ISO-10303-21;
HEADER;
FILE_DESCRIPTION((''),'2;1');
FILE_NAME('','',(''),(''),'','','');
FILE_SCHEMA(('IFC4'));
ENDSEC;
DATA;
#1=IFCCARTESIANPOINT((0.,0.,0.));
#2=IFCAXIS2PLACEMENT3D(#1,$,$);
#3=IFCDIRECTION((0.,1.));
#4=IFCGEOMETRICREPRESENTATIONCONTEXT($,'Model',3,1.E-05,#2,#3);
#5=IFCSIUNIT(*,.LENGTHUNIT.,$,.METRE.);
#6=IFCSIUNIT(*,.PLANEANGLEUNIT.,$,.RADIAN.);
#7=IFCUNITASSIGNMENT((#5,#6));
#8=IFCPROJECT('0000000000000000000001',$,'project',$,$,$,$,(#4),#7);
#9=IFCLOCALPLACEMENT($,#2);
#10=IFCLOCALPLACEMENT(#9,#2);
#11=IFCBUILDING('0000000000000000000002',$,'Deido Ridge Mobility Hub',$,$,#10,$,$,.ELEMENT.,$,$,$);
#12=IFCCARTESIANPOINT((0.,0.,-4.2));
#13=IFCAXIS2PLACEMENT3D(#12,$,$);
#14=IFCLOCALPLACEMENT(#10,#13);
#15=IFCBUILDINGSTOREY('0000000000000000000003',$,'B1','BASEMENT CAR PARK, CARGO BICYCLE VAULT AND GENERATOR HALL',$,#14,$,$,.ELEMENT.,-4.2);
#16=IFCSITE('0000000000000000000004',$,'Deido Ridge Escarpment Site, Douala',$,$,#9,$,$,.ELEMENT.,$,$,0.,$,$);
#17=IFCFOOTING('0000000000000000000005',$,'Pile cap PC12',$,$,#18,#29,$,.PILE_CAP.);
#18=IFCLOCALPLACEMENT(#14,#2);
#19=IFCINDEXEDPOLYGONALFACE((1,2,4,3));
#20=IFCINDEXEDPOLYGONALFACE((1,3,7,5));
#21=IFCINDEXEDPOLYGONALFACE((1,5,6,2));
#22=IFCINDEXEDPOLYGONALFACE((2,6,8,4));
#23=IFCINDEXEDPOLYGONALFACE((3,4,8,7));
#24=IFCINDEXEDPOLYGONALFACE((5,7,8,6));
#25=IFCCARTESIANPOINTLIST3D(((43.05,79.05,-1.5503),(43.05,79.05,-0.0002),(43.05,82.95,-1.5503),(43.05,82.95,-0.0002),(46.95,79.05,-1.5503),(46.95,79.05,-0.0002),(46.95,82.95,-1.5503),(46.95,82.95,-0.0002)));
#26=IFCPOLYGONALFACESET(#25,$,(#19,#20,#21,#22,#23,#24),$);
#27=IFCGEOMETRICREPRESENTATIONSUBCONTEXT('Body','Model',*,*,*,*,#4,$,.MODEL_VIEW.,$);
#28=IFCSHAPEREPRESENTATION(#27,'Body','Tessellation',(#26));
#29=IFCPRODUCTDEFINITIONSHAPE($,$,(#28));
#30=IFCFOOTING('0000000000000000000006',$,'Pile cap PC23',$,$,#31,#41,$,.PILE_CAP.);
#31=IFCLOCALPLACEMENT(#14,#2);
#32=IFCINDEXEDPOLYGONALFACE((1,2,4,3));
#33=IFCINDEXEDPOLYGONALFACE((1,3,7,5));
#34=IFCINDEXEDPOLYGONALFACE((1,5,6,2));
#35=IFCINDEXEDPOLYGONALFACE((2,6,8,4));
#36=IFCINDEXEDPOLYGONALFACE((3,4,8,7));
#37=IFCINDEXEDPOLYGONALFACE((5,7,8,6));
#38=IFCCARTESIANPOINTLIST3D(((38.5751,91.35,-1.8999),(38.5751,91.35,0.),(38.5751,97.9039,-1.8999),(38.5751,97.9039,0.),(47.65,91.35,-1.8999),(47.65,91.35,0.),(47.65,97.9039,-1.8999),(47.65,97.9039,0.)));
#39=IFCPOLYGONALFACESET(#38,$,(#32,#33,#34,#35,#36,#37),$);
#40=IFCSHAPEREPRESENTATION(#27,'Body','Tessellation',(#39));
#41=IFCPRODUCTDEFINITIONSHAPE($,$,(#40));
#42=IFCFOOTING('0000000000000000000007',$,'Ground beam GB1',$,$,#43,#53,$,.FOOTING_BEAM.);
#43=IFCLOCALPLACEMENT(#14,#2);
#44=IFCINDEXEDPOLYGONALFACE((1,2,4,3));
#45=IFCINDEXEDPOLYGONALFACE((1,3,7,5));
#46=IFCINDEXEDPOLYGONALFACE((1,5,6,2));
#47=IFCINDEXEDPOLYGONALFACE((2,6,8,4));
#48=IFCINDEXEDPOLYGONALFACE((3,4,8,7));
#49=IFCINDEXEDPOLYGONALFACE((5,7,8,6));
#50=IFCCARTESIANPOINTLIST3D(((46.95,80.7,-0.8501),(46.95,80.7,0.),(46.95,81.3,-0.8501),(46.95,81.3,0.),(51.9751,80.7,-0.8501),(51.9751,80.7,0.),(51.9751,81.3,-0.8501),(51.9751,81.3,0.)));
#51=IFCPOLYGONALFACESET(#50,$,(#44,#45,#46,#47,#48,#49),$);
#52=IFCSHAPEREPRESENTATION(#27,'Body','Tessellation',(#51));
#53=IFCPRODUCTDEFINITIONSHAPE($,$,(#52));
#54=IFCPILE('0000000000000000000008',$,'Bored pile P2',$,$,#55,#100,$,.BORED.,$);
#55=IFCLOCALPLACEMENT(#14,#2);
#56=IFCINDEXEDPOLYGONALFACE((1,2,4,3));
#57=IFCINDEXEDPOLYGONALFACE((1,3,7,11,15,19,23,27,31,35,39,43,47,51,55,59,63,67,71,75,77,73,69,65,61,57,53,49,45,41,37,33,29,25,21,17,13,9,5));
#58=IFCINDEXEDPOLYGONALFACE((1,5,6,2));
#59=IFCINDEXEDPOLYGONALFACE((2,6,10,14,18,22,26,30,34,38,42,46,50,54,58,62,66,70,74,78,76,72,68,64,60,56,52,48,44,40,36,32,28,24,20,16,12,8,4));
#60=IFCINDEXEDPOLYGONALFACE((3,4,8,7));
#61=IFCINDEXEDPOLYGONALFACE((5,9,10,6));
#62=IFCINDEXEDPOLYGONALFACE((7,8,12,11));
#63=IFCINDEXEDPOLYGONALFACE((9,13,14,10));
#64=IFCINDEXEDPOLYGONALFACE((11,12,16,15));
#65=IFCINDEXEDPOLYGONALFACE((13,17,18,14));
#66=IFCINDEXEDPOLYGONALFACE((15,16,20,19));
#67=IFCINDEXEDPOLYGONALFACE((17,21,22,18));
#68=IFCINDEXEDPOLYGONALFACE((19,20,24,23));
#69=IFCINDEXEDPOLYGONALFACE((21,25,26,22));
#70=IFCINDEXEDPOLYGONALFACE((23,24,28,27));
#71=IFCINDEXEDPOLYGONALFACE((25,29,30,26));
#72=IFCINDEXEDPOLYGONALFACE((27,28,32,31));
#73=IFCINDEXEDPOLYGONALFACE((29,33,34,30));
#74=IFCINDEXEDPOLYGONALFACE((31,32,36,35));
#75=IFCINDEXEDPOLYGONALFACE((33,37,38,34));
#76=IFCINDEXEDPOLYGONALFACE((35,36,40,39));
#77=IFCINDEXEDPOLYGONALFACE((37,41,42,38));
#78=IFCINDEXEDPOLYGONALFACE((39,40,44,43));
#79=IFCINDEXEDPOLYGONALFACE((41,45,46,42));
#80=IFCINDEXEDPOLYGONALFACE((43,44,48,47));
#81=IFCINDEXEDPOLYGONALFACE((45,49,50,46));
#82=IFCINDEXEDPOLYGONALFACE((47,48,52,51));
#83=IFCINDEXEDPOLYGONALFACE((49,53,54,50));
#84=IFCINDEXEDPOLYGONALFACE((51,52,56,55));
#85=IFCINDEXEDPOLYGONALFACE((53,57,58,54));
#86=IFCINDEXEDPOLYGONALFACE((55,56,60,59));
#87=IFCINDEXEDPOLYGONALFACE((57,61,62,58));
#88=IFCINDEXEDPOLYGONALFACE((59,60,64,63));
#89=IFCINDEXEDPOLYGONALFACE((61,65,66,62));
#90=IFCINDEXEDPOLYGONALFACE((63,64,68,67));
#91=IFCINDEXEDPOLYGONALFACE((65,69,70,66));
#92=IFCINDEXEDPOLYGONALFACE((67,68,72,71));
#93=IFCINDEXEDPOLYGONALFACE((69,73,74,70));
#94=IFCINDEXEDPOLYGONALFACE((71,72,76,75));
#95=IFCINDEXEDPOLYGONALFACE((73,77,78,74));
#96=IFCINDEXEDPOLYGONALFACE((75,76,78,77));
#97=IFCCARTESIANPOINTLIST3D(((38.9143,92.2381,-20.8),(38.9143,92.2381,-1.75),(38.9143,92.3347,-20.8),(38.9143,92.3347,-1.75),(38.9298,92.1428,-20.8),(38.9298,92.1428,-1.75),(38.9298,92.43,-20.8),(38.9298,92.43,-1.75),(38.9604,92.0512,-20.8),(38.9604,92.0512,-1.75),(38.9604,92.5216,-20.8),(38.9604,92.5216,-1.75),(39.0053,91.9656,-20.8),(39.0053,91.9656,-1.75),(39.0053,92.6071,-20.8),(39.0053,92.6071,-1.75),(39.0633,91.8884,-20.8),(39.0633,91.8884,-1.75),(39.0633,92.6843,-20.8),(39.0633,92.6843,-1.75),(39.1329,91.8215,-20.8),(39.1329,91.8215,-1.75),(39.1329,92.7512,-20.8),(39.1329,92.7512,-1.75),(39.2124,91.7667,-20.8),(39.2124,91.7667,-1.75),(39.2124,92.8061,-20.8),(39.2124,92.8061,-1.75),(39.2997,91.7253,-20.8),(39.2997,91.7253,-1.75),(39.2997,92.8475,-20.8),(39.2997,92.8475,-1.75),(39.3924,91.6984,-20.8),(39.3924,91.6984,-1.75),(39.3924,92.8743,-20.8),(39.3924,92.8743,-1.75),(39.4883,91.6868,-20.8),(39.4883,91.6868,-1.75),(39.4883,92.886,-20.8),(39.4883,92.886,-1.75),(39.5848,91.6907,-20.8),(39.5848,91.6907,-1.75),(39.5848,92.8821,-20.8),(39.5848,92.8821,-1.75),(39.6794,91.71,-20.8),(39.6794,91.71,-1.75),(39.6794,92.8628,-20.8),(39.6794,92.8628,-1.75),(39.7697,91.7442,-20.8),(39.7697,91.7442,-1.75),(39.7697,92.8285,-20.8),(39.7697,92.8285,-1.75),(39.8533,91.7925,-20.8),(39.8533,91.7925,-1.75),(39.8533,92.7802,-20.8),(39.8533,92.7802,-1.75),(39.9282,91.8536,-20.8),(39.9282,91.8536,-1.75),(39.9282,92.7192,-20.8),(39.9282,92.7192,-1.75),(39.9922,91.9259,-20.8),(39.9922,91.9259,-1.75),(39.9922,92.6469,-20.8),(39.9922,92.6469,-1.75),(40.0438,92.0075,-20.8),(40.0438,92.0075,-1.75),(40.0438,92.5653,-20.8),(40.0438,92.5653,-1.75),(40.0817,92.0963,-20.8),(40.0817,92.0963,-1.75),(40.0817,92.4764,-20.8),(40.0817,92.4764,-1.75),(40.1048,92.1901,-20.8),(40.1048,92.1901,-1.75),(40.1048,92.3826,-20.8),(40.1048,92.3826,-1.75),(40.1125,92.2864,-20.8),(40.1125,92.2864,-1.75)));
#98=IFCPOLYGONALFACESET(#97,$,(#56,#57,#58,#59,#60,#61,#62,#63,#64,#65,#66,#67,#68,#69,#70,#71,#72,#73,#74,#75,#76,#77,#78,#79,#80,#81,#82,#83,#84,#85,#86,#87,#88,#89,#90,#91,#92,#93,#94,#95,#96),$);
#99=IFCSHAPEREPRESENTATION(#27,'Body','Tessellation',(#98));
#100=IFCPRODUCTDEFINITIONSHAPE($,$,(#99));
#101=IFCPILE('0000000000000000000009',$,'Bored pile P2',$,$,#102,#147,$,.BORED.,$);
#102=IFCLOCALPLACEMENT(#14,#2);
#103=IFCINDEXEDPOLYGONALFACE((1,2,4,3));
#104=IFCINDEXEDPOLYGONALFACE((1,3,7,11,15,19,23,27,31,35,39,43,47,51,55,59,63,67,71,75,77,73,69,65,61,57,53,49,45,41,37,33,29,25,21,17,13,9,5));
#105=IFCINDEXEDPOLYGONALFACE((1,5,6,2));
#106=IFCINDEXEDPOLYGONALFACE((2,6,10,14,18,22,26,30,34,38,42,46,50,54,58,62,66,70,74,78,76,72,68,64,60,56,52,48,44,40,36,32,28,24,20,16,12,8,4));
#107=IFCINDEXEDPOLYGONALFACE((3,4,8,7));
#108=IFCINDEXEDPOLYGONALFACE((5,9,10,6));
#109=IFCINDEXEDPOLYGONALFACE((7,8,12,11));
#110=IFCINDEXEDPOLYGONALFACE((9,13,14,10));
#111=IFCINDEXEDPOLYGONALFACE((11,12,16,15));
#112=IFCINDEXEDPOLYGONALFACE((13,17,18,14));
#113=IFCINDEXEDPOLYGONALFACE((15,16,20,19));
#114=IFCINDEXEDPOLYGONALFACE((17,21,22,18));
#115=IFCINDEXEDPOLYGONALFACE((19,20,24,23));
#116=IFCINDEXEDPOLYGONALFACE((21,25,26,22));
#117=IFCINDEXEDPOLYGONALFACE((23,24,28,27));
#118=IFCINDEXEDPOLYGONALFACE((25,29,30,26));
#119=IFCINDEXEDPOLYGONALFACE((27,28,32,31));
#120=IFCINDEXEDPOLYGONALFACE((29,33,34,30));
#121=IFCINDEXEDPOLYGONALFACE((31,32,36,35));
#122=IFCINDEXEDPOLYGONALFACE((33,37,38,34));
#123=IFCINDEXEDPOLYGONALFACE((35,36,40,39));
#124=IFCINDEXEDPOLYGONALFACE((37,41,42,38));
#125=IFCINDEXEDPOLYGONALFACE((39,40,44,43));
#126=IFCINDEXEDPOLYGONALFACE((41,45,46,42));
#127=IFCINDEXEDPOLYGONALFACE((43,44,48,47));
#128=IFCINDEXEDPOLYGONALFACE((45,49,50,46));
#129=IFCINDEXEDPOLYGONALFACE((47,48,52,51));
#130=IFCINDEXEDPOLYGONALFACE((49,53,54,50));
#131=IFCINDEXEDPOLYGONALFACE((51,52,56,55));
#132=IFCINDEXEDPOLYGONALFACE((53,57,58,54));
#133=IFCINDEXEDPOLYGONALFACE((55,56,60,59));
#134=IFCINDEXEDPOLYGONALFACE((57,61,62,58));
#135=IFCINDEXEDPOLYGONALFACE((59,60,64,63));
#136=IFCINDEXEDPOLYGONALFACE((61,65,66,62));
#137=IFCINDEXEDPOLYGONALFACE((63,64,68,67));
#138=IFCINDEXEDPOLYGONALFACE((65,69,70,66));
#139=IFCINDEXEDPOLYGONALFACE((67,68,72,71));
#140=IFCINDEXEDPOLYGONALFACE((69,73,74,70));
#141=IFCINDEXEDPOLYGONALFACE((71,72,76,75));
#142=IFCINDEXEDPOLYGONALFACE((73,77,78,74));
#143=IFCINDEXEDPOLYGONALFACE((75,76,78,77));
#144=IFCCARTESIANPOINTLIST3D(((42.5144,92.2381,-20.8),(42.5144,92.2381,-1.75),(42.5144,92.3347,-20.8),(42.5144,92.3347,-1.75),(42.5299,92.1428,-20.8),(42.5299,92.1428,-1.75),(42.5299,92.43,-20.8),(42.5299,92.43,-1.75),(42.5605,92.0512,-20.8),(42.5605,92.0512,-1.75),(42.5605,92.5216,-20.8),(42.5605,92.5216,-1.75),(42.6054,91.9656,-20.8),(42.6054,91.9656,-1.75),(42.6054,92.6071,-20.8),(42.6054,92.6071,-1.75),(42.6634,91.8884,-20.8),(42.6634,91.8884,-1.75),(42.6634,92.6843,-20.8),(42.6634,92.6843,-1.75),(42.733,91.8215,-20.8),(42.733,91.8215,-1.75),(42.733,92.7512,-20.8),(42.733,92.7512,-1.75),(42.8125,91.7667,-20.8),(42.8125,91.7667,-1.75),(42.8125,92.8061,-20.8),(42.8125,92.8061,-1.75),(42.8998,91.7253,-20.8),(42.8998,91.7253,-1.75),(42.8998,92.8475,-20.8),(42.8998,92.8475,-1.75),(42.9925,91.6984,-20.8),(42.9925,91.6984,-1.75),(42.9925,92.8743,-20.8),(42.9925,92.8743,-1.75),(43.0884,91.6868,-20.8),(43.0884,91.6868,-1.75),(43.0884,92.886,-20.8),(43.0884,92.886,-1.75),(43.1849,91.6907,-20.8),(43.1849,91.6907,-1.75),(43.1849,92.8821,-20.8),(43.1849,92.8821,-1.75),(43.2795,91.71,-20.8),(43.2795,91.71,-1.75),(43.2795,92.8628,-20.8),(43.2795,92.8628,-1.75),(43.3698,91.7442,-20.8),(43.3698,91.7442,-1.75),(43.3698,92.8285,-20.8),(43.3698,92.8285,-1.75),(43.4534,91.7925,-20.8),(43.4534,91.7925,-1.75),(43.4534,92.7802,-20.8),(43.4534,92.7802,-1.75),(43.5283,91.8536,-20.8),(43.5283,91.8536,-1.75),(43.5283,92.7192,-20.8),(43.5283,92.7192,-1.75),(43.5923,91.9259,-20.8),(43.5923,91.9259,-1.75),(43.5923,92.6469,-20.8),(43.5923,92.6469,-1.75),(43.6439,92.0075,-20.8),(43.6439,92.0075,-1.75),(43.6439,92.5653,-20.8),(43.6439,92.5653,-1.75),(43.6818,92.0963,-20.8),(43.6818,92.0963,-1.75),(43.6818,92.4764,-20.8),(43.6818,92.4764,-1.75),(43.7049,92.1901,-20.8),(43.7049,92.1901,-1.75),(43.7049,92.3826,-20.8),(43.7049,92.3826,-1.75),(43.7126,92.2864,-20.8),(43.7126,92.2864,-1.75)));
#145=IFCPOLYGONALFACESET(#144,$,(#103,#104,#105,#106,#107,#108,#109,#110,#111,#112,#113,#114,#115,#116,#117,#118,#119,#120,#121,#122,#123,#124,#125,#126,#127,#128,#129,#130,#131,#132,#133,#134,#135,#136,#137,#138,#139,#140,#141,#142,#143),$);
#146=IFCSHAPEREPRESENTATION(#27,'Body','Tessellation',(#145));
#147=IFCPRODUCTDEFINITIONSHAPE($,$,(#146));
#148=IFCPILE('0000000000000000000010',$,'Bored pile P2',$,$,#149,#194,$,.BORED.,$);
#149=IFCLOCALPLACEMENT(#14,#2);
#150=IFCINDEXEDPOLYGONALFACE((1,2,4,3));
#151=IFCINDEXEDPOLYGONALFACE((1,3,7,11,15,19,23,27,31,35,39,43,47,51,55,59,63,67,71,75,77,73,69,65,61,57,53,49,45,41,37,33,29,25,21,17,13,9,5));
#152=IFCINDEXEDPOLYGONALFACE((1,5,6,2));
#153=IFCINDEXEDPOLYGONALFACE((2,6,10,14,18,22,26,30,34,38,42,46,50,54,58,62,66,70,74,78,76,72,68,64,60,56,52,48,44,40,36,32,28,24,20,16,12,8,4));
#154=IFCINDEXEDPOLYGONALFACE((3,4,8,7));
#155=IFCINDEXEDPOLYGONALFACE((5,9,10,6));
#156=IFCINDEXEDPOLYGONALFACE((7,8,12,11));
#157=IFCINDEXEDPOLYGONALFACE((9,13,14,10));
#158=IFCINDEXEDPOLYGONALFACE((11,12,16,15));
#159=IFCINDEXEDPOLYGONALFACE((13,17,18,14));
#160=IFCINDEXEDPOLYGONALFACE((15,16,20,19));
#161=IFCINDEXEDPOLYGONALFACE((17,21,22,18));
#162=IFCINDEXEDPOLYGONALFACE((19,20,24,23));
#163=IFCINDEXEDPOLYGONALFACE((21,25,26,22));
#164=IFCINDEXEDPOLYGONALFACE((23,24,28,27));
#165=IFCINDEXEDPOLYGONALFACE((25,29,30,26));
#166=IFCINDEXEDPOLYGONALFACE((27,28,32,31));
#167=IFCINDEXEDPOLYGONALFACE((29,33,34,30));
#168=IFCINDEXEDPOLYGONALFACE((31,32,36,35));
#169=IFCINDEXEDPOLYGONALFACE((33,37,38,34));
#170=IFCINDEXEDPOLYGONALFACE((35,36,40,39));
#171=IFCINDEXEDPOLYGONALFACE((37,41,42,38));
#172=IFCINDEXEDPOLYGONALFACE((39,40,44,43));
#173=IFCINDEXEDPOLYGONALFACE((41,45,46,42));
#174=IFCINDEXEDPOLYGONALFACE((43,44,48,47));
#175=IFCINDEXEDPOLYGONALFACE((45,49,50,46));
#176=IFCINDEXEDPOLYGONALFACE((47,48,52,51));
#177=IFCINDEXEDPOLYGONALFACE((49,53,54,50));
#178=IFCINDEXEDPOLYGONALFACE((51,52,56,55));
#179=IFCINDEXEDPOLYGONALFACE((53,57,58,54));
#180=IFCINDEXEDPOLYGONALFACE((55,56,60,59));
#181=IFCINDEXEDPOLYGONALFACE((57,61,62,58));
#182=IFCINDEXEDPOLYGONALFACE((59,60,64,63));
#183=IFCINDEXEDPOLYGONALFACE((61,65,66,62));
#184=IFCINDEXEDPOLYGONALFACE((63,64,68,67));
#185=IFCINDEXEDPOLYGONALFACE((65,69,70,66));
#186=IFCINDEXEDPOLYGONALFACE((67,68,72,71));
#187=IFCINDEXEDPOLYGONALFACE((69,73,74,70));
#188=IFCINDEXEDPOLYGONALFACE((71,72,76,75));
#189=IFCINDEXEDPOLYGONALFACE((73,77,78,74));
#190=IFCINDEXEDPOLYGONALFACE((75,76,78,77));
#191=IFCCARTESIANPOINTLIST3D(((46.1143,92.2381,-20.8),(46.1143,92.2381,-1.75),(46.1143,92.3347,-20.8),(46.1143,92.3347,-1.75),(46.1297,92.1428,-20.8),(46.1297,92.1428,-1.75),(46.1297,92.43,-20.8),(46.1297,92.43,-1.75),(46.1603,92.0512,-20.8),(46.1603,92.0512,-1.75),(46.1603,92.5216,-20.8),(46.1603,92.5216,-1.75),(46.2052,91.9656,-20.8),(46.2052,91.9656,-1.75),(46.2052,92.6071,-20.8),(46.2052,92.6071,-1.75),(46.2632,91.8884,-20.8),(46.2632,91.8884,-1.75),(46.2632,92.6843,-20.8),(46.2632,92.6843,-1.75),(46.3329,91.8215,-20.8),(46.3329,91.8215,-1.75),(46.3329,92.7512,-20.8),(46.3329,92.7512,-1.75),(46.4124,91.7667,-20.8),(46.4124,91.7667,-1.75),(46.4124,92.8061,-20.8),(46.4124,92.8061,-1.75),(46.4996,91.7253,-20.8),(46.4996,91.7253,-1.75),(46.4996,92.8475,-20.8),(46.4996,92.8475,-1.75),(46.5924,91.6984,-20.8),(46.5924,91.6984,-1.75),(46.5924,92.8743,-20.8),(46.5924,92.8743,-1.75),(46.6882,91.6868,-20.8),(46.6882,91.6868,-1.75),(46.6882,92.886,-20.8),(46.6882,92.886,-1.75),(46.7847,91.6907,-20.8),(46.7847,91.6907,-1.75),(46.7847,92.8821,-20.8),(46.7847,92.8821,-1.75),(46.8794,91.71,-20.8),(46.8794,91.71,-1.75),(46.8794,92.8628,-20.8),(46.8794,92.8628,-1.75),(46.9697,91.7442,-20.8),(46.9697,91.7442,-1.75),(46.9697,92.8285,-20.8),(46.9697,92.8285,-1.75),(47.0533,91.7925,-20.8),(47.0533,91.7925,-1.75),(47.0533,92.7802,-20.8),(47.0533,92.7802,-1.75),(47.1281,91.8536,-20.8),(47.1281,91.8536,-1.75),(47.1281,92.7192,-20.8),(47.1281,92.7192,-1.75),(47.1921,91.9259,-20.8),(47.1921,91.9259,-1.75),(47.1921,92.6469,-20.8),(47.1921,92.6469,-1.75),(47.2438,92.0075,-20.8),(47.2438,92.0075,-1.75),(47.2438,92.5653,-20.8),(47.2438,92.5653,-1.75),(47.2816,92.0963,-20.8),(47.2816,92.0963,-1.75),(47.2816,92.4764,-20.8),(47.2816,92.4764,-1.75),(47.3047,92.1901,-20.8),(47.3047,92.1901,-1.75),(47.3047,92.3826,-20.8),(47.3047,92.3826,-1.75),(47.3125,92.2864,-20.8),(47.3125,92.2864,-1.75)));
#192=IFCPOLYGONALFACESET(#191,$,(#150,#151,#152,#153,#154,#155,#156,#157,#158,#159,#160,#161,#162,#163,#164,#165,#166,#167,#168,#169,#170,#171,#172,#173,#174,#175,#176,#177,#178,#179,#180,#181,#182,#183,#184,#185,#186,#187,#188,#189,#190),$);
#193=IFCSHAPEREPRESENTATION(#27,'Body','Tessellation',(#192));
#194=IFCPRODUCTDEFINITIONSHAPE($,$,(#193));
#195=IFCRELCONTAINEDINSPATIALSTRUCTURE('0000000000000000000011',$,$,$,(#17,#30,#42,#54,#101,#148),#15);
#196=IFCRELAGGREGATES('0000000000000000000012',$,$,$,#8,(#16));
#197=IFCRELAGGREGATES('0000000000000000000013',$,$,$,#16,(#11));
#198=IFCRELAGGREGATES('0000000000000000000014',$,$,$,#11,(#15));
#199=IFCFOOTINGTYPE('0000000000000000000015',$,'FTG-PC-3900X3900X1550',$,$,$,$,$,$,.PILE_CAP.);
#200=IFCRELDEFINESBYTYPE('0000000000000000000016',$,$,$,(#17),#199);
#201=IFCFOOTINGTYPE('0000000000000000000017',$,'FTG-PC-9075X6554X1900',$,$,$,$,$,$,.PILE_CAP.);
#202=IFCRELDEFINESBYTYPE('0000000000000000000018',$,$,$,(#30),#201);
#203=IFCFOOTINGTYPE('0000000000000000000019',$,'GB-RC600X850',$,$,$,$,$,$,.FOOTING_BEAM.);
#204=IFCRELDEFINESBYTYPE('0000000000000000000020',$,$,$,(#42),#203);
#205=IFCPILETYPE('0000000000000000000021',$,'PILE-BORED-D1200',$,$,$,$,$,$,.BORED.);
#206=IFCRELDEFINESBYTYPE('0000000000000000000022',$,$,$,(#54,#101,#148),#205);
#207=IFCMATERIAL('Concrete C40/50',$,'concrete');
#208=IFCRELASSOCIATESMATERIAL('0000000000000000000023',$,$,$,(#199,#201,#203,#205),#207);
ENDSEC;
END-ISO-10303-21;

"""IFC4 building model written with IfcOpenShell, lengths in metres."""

from ifc_helpers import new_model, si_unit, direction, frame, origin, origin_2d, place, context, subcontext, project, spatial, rectangle, circle, extrude, material, material_profile, profile_set, type_object, element, save


model = new_model("IFC4")

# Units and contexts
model_context = context("Model", 3, precision=1e-05, world=origin(), true_north=direction((0.0, 1.0)))
body_context = subcontext(model_context, "Body", "Model", "MODEL_VIEW")
ifc_project = project(units=[si_unit("LENGTHUNIT", "METRE"), si_unit("PLANEANGLEUNIT", "RADIAN")], contexts=[model_context])

# Site, building, storey
site_placement = place(None, origin())
site = spatial("IfcSite", under=ifc_project, at=site_placement, Name="Deido Ridge Escarpment Site, Douala", CompositionType="ELEMENT", RefElevation=0.0)
building_placement = place(site_placement, origin())
building = spatial("IfcBuilding", under=site, at=building_placement, Name="Deido Ridge Mobility Hub", CompositionType="ELEMENT")
storey_placement = place(building_placement, frame((0.0, 0.0, -4.2)))
storey = spatial("IfcBuildingStorey", under=building, at=storey_placement, Name="B1", Description="BASEMENT CAR PARK, CARGO BICYCLE VAULT AND GENERATOR HALL", CompositionType="ELEMENT", Elevation=-4.2)

# Footings
ifc_material_1 = material(Name="Concrete C40/50", Category="concrete")
footing_type_1 = type_object("IfcFootingType", Name="FTG-PC-3900X3900X1550", PredefinedType="PILE_CAP", material=ifc_material_1)
footing_1_placement = place(storey_placement, frame((45.0, 81.0, -1.5503), z_axis=(0.0, 0.0, 1.0), x_axis=(1.0, 0.0, 0.0)))
element("IfcFooting", 1, at=footing_1_placement, inside=storey, type_object=footing_type_1, Name="Pile cap PC12", PredefinedType="PILE_CAP", context=body_context, shape_type="SweptSolid", body=[
    extrude(rectangle(XDim=3.8999, YDim=3.8999, at=origin_2d()), origin(), (0.0, 0.0, 1.0), 1.55),
])
footing_type_2 = type_object("IfcFootingType", Name="FTG-PC-9075X6554X1900", PredefinedType="PILE_CAP", material=ifc_material_1)
footing_2_placement = place(storey_placement, frame((43.1125, 94.627, -1.8999), z_axis=(0.0, 0.0, 1.0), x_axis=(1.0, 0.0, 0.0)))
element("IfcFooting", 2, at=footing_2_placement, inside=storey, type_object=footing_type_2, Name="Pile cap PC23", PredefinedType="PILE_CAP", context=body_context, shape_type="SweptSolid", body=[
    extrude(rectangle(XDim=9.075, YDim=6.554, at=origin_2d()), origin(), (0.0, 0.0, 1.0), 1.8999),
])
ifc_material_profile_1 = material_profile(ifc_material_1, rectangle(XDim=0.6001, YDim=0.8501, at=origin_2d()), Name="RC GB 600x850")
ifc_profile_set_1 = profile_set([ifc_material_profile_1], Name="Concrete C40/50")
footing_type_3 = type_object("IfcFootingType", Name="GB-RC600X850", PredefinedType="FOOTING_BEAM", material=ifc_profile_set_1)
footing_3_placement = place(storey_placement, frame((46.95, 81.0, -0.425), z_axis=(1.0, 0.0, 0.0), x_axis=(0.0, 1.0, 0.0)))
element("IfcFooting", 3, at=footing_3_placement, inside=storey, type_object=footing_type_3, Name="Ground beam GB1", PredefinedType="FOOTING_BEAM", context=body_context, shape_type="SweptSolid", body=[
    extrude(rectangle(XDim=0.6001, YDim=0.8501, at=origin_2d()), origin(), (0.0, 0.0, 1.0), 5.0251),
])

# Piles
ifc_material_profile_2 = material_profile(ifc_material_1, circle(Radius=0.6001, at=origin_2d()), Name="BORED PILE D1200")
ifc_profile_set_2 = profile_set([ifc_material_profile_2], Name="Concrete C40/50")
pile_type_1 = type_object("IfcPileType", Name="PILE-BORED-D1200", PredefinedType="BORED", material=ifc_profile_set_2)
for number, where, z_axis, x_axis, name in (
    (4, (39.5125, 92.2864, -1.75), (0.0, 0.0, -1.0), (1.0, 0.0, 0.0), "Bored pile P2"),
    (5, (43.1125, 92.2864, -1.75), (0.0, 0.0, -1.0), (1.0, 0.0, 0.0), "Bored pile P2"),
    (6, (46.7124, 92.2864, -1.75), (0.0, 0.0, -1.0), (1.0, 0.0, 0.0), "Bored pile P2"),
):
    element("IfcPile", number, at=place(storey_placement, frame(where, z_axis=z_axis, x_axis=x_axis)), inside=storey, type_object=pile_type_1, Name=name, PredefinedType="BORED", context=body_context, shape_type="SweptSolid", body=[
        extrude(circle(Radius=0.6001, at=origin_2d()), origin(), (0.0, 0.0, 1.0), 19.05),
    ])

save(model, "model.ifc")
